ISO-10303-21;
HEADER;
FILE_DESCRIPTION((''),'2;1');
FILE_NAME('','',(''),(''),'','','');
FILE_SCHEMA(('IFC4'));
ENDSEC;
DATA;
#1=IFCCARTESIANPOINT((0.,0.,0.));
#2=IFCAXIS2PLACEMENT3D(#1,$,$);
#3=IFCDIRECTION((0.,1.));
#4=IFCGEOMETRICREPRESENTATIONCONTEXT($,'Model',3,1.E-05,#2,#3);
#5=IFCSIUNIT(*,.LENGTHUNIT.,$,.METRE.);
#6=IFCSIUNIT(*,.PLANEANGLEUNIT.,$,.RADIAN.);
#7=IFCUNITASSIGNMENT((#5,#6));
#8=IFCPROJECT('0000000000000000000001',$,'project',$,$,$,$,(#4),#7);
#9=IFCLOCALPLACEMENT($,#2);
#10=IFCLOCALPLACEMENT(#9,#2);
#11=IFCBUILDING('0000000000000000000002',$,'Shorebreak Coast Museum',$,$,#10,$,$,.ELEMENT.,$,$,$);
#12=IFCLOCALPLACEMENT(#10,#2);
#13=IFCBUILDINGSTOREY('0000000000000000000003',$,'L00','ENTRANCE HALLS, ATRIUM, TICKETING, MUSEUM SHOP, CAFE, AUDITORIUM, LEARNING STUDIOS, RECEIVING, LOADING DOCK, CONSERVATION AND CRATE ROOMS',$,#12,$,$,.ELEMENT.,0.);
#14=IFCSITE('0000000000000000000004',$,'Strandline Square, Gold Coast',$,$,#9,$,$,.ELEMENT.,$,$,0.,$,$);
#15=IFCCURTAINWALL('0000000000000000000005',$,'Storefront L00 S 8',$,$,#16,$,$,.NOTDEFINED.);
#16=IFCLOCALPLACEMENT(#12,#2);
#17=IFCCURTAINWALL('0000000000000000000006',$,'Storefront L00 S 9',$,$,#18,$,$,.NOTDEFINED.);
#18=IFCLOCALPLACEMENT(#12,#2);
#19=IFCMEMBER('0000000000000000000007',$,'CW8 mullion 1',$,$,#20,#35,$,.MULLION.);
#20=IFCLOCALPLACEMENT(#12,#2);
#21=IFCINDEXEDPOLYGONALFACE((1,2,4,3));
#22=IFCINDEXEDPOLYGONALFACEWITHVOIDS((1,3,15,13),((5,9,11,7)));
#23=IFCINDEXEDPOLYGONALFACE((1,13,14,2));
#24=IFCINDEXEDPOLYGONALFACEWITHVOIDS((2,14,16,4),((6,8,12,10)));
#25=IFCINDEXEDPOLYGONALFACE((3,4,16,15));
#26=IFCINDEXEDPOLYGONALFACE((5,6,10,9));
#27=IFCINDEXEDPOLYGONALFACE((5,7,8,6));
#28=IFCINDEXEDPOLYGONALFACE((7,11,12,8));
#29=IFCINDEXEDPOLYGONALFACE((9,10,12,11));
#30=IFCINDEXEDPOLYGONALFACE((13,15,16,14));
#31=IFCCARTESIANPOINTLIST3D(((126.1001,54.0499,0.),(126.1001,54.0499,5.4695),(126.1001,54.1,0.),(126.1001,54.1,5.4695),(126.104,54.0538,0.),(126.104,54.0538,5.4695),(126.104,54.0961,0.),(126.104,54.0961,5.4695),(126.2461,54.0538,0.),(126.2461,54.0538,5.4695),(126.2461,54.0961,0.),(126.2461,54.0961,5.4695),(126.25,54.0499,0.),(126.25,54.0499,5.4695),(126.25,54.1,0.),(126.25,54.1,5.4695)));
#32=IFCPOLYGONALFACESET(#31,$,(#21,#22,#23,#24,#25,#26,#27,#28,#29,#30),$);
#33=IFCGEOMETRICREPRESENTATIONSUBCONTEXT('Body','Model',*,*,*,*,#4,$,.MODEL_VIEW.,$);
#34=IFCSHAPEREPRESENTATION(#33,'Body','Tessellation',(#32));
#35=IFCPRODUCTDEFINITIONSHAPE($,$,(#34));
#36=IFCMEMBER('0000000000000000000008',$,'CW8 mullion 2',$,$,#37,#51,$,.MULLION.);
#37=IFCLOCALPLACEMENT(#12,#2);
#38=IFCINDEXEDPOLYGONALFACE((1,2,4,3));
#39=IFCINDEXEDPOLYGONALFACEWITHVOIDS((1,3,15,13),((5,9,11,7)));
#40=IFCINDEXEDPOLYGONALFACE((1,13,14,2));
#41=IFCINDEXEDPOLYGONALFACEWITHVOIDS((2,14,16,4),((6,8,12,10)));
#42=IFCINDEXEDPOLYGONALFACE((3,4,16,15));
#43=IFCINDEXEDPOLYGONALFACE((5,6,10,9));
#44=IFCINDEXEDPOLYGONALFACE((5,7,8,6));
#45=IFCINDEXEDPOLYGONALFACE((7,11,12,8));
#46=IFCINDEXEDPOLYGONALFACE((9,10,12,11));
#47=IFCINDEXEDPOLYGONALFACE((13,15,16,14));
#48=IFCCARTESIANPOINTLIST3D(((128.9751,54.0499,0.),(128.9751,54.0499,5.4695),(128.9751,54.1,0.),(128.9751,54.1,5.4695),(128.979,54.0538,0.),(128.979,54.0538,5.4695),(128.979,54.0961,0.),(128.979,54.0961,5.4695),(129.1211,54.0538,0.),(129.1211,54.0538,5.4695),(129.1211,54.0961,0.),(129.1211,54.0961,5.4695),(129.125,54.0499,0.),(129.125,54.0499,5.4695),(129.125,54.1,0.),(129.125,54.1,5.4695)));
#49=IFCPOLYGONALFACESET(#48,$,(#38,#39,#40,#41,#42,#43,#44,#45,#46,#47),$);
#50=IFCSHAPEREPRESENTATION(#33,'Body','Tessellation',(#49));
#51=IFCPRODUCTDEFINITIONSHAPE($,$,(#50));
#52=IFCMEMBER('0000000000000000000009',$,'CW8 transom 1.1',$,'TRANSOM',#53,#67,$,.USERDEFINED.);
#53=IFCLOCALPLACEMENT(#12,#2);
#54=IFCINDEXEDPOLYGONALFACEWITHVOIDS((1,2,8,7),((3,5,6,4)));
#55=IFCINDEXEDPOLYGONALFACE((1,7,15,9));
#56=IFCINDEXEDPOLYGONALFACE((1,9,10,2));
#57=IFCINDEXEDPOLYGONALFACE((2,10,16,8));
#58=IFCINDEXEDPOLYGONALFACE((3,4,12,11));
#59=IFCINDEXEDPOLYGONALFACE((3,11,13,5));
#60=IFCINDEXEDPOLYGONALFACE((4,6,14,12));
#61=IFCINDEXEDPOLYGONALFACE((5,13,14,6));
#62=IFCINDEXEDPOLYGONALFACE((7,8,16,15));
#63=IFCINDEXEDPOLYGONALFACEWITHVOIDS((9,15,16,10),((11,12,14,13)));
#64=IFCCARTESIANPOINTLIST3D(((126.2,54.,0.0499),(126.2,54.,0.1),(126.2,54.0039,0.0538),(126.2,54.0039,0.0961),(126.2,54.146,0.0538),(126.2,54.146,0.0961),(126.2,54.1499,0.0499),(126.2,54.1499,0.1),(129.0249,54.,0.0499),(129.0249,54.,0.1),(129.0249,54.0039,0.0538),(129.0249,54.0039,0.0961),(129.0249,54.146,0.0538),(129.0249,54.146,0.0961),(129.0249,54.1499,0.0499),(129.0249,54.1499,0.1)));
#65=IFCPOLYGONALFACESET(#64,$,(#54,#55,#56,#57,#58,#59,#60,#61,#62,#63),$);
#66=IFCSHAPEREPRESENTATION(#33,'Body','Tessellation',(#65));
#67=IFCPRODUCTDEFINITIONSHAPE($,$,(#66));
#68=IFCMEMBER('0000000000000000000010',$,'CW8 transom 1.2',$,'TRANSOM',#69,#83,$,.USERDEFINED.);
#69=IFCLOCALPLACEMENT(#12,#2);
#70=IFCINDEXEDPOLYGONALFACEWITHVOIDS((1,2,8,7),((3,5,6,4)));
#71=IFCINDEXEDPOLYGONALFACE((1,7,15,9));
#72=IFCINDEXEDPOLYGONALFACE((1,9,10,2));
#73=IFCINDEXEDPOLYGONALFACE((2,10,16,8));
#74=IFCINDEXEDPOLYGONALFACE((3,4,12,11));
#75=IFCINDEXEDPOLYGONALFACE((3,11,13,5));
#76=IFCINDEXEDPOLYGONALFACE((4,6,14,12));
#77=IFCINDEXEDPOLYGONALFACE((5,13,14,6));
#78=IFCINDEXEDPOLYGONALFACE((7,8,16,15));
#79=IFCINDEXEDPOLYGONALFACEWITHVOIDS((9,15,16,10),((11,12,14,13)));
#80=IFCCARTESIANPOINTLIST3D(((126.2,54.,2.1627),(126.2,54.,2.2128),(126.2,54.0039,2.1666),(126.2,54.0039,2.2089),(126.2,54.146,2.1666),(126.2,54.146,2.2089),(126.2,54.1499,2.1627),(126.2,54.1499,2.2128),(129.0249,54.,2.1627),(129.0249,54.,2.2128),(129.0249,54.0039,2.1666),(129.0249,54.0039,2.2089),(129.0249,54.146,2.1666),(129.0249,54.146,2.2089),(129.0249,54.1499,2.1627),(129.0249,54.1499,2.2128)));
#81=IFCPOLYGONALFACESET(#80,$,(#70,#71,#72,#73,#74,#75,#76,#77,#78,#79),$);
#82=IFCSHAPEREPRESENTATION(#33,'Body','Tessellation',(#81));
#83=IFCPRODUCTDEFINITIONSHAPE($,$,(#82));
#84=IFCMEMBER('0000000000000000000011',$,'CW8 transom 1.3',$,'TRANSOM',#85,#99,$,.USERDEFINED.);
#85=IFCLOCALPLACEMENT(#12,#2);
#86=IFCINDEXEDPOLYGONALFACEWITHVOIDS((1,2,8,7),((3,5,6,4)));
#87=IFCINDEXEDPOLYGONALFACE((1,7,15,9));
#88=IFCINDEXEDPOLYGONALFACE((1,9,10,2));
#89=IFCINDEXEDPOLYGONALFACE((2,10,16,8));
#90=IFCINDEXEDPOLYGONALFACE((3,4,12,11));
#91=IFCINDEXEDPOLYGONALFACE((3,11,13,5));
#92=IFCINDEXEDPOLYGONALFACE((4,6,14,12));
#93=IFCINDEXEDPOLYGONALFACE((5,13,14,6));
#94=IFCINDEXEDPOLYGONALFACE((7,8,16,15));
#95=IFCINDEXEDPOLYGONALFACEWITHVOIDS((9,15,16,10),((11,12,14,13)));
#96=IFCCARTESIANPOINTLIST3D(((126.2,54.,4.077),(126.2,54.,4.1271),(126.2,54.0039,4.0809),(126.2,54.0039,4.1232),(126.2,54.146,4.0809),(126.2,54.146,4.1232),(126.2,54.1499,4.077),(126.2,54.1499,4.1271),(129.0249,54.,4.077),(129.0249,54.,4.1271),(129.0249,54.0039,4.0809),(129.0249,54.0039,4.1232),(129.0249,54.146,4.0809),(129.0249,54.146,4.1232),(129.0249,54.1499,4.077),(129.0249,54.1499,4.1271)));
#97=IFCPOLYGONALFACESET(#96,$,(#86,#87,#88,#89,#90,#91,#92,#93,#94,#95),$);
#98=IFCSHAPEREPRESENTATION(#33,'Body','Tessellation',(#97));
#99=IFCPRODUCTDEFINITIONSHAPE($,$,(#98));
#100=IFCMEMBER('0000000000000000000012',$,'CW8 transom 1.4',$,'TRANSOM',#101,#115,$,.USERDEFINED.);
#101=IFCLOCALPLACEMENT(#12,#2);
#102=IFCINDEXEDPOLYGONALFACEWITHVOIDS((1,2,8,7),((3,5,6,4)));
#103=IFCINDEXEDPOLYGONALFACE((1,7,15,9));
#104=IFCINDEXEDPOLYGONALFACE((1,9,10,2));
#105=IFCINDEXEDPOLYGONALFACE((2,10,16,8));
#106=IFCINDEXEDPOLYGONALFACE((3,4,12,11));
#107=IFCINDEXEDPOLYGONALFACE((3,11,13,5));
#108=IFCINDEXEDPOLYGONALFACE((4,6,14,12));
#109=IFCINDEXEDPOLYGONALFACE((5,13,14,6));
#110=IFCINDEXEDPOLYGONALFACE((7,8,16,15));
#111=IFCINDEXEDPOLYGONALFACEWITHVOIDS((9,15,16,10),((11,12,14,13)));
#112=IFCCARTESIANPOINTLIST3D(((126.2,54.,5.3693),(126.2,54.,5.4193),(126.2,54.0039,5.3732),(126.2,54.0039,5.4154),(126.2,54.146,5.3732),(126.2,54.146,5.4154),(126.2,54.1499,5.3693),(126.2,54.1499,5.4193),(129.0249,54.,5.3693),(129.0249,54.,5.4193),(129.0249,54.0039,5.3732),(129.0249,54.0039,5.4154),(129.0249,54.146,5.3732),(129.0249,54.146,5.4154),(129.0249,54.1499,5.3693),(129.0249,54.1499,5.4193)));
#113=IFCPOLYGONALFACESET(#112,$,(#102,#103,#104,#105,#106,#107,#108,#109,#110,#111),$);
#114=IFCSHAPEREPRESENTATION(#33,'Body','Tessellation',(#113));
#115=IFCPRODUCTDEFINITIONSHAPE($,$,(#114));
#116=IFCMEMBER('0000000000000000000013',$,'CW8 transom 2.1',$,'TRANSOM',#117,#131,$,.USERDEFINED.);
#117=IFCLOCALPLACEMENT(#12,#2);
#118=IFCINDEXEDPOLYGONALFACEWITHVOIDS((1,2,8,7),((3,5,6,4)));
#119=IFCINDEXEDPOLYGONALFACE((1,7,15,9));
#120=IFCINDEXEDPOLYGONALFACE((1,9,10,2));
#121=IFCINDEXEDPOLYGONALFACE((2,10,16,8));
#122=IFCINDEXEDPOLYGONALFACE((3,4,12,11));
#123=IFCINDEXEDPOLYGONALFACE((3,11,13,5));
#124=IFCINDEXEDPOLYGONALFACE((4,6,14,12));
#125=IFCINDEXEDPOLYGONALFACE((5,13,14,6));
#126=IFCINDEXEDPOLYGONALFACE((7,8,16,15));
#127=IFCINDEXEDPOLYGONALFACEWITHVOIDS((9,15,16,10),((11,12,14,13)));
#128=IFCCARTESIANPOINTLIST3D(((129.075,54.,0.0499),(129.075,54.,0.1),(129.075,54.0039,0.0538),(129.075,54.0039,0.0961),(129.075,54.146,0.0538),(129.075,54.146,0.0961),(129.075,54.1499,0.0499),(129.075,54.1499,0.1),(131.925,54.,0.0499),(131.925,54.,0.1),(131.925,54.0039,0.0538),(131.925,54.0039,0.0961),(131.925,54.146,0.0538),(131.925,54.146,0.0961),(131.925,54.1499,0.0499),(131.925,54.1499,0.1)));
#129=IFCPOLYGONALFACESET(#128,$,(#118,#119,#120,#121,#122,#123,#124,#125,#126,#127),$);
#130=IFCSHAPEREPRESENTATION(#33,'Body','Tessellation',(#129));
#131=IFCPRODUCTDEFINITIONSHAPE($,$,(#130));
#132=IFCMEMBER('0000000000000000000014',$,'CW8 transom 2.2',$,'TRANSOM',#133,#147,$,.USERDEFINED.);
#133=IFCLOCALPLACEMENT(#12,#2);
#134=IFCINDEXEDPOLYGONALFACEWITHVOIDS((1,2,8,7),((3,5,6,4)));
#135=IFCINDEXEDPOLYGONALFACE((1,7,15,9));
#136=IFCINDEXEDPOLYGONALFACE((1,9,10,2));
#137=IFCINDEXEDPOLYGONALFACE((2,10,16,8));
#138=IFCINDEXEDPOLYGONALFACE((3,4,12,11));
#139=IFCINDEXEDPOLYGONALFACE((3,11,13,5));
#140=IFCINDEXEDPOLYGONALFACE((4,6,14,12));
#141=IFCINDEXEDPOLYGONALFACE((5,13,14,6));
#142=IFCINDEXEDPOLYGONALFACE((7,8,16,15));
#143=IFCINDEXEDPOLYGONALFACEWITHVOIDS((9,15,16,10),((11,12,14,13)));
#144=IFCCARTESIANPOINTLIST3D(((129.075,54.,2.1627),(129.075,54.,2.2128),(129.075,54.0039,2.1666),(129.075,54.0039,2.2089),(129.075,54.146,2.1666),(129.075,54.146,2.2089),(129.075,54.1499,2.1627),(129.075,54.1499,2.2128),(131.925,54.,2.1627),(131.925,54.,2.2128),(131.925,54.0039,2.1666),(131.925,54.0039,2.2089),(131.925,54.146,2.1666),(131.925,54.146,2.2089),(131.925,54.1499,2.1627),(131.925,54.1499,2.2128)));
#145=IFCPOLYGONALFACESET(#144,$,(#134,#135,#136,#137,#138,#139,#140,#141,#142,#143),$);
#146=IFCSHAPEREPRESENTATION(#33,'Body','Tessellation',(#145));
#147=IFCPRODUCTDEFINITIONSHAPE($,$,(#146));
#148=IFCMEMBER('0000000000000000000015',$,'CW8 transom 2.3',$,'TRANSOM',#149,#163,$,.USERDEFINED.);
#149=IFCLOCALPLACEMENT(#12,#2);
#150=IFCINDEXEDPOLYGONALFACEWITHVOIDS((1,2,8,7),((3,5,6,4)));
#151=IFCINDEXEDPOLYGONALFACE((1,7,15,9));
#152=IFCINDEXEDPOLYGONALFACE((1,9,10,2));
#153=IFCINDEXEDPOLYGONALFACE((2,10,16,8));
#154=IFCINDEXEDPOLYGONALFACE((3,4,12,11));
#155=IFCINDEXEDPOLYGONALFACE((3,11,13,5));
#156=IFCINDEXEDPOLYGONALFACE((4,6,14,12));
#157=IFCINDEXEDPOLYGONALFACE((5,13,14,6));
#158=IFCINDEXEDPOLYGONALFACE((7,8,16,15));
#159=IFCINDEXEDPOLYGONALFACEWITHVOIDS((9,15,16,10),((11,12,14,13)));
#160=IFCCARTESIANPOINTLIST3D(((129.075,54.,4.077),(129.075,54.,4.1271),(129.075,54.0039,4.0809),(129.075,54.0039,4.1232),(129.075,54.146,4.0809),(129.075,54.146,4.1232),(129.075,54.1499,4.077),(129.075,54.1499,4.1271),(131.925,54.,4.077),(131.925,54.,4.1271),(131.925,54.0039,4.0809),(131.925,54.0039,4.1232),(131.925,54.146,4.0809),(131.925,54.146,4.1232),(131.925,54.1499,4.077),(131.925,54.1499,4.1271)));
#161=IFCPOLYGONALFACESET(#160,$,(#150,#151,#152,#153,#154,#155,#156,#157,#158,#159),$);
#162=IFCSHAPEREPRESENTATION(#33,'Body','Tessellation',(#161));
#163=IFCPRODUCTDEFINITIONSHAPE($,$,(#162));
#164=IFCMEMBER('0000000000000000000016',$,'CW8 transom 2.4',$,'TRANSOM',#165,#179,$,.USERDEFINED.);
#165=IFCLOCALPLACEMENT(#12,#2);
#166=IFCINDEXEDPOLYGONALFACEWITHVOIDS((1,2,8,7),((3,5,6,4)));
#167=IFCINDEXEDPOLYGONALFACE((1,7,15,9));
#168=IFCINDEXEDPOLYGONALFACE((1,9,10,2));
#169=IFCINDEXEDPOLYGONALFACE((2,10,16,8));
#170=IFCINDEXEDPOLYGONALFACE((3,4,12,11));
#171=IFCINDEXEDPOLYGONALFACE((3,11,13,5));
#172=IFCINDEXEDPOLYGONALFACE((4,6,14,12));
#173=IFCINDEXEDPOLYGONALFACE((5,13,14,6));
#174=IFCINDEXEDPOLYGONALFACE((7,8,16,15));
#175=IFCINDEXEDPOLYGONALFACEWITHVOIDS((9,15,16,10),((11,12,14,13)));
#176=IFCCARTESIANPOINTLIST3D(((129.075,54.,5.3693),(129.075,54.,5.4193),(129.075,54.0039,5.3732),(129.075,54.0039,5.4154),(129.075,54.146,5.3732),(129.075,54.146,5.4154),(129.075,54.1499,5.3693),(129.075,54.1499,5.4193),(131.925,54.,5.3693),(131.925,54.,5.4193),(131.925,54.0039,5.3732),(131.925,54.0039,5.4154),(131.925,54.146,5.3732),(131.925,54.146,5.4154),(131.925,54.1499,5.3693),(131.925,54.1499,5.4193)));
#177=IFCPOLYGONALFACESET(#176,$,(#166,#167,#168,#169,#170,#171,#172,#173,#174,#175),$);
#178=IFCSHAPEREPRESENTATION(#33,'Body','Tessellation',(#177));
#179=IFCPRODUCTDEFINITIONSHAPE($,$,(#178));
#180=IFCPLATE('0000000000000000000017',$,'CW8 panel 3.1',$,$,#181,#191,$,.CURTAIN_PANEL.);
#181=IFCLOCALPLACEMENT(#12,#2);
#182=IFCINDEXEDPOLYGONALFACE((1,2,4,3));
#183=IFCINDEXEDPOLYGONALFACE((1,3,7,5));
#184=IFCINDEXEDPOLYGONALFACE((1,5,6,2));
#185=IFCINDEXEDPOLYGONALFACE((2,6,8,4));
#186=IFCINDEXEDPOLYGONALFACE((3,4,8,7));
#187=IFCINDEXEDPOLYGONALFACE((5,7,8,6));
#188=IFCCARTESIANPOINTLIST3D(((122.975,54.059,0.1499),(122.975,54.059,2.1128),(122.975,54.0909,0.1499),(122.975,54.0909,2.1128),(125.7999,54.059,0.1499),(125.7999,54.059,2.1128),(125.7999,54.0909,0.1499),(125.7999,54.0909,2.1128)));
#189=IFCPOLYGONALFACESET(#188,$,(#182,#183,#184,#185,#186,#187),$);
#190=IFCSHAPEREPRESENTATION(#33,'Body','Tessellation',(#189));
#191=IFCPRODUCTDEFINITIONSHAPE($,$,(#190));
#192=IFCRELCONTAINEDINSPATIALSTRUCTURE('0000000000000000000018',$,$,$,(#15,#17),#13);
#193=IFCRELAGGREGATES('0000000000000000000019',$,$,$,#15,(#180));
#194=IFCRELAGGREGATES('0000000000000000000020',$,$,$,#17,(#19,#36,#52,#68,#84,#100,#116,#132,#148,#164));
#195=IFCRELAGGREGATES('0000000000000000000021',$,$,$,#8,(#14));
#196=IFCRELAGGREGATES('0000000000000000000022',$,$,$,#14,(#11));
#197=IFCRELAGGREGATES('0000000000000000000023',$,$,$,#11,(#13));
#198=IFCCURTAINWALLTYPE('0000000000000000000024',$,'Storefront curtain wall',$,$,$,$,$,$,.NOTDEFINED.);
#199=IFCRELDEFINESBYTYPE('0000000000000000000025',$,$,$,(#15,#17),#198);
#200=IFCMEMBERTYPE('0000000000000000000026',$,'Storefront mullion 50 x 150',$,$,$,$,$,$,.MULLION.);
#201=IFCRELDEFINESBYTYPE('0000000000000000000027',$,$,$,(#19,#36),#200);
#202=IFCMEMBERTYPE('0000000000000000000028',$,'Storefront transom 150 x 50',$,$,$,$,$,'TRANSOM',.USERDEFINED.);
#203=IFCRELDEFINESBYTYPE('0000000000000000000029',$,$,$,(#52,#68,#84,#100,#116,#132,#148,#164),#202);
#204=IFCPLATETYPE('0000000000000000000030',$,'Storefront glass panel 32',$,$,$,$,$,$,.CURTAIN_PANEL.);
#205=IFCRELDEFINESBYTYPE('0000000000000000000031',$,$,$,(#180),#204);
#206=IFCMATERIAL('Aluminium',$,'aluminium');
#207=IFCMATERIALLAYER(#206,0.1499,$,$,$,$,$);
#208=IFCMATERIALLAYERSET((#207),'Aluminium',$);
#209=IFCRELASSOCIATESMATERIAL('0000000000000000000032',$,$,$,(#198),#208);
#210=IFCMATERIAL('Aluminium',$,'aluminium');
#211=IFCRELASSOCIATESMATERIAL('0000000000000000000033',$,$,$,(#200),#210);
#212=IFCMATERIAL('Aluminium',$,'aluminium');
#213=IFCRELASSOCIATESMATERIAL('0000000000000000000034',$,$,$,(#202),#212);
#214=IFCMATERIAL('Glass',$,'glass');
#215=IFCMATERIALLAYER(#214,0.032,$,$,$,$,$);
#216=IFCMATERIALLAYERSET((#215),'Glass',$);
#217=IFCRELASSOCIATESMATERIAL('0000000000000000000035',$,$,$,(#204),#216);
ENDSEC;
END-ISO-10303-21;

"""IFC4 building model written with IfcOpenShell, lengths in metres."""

from ifc_helpers import new_model, si_unit, direction, frame, origin, origin_2d, place, context, subcontext, project, spatial, rectangle, hollow_rectangle, extrude, material, layer, layer_set, material_profile, profile_set, type_object, element, aggregate, save


model = new_model("IFC4")

# Units and contexts
model_context = context("Model", 3, precision=1e-05, world=origin(), true_north=direction((0.0, 1.0)))
body_context = subcontext(model_context, "Body", "Model", "MODEL_VIEW")
ifc_project = project(units=[si_unit("LENGTHUNIT", "METRE"), si_unit("PLANEANGLEUNIT", "RADIAN")], contexts=[model_context])

# Site, building, storey
site_placement = place(None, origin())
site = spatial("IfcSite", under=ifc_project, at=site_placement, Name="Strandline Square, Gold Coast", CompositionType="ELEMENT", RefElevation=0.0)
building_placement = place(site_placement, origin())
building = spatial("IfcBuilding", under=site, at=building_placement, Name="Shorebreak Coast Museum", CompositionType="ELEMENT")
storey_placement = place(building_placement, origin())
storey = spatial("IfcBuildingStorey", under=building, at=storey_placement, Name="L00", Description="ENTRANCE HALLS, ATRIUM, TICKETING, MUSEUM SHOP, CAFE, AUDITORIUM, LEARNING STUDIOS, RECEIVING, LOADING DOCK, CONSERVATION AND CRATE ROOMS", CompositionType="ELEMENT", Elevation=0.0)

# Curtain wall
ifc_material_1 = material(Name="Aluminium", Category="aluminium")
ifc_layer_1 = layer(ifc_material_1, 0.1499)
ifc_layer_set_1 = layer_set([ifc_layer_1], Name="Aluminium")
curtain_wall_type = type_object("IfcCurtainWallType", Name="Storefront curtain wall", PredefinedType="NOTDEFINED", material=ifc_layer_set_1)
curtain_wall_1_placement = place(storey_placement, origin())
curtain_wall_1 = element("IfcCurtainWall", 1, at=curtain_wall_1_placement, inside=storey, type_object=curtain_wall_type, Name="Storefront L00 S 8", PredefinedType="NOTDEFINED")
ifc_material_2 = material(Name="Aluminium", Category="aluminium")
ifc_material_profile_1 = material_profile(ifc_material_2, hollow_rectangle(XDim=0.05, YDim=0.1499, WallThickness=0.0039, at=origin_2d()), Name="AL 150x50 RHS")
ifc_profile_set_1 = profile_set([ifc_material_profile_1], Name="Aluminium")
member_type_1 = type_object("IfcMemberType", Name="Storefront mullion 50 x 150", PredefinedType="MULLION", material=ifc_profile_set_1)

# Curtain wall, members
curtain_wall_2_placement = place(storey_placement, origin())
curtain_wall_2 = element("IfcCurtainWall", 2, at=curtain_wall_2_placement, inside=storey, type_object=curtain_wall_type, Name="Storefront L00 S 9", PredefinedType="NOTDEFINED")
member_1_placement = place(storey_placement, frame((126.175, 54.075, 0.0), z_axis=(0.0, 0.0, 1.0), x_axis=(0.0, 1.0, 0.0)))
member_1 = element("IfcMember", 3, at=member_1_placement, type_object=member_type_1, Name="CW8 mullion 1", PredefinedType="MULLION", context=body_context, shape_type="SweptSolid", body=[
    extrude(hollow_rectangle(XDim=0.05, YDim=0.1499, WallThickness=0.0039, at=origin_2d()), origin(), (0.0, 0.0, 1.0), 5.4695),
])
member_2_placement = place(storey_placement, frame((129.05, 54.075, 0.0), z_axis=(0.0, 0.0, 1.0), x_axis=(0.0, 1.0, 0.0)))
member_2 = element("IfcMember", 4, at=member_2_placement, type_object=member_type_1, Name="CW8 mullion 2", PredefinedType="MULLION", context=body_context, shape_type="SweptSolid", body=[
    extrude(hollow_rectangle(XDim=0.05, YDim=0.1499, WallThickness=0.0039, at=origin_2d()), origin(), (0.0, 0.0, 1.0), 5.4695),
])
ifc_material_3 = material(Name="Aluminium", Category="aluminium")
ifc_material_profile_2 = material_profile(ifc_material_3, hollow_rectangle(XDim=0.1499, YDim=0.05, WallThickness=0.0039, at=origin_2d()), Name="AL 50x150 RHS")
ifc_profile_set_2 = profile_set([ifc_material_profile_2], Name="Aluminium")
member_type_2 = type_object("IfcMemberType", Name="Storefront transom 150 x 50", ElementType="TRANSOM", PredefinedType="USERDEFINED", material=ifc_profile_set_2)
member_3_placement = place(storey_placement, frame((126.2, 54.075, 0.075), z_axis=(1.0, 0.0, 0.0), x_axis=(0.0, 1.0, 0.0)))
member_3 = element("IfcMember", 5, at=member_3_placement, type_object=member_type_2, Name="CW8 transom 1.1", ObjectType="TRANSOM", PredefinedType="USERDEFINED", context=body_context, shape_type="SweptSolid", body=[
    extrude(hollow_rectangle(XDim=0.1499, YDim=0.05, WallThickness=0.0039, at=origin_2d()), origin(), (0.0, 0.0, 1.0), 2.825),
])
member_4_placement = place(storey_placement, frame((126.2, 54.075, 2.1877), z_axis=(1.0, 0.0, 0.0), x_axis=(0.0, 1.0, 0.0)))
member_4 = element("IfcMember", 6, at=member_4_placement, type_object=member_type_2, Name="CW8 transom 1.2", ObjectType="TRANSOM", PredefinedType="USERDEFINED", context=body_context, shape_type="SweptSolid", body=[
    extrude(hollow_rectangle(XDim=0.1499, YDim=0.05, WallThickness=0.0039, at=origin_2d()), origin(), (0.0, 0.0, 1.0), 2.825),
])
member_5_placement = place(storey_placement, frame((126.2, 54.075, 4.1021), z_axis=(1.0, 0.0, 0.0), x_axis=(0.0, 1.0, 0.0)))
member_5 = element("IfcMember", 7, at=member_5_placement, type_object=member_type_2, Name="CW8 transom 1.3", ObjectType="TRANSOM", PredefinedType="USERDEFINED", context=body_context, shape_type="SweptSolid", body=[
    extrude(hollow_rectangle(XDim=0.1499, YDim=0.05, WallThickness=0.0039, at=origin_2d()), origin(), (0.0, 0.0, 1.0), 2.825),
])
member_6_placement = place(storey_placement, frame((126.2, 54.075, 5.3943), z_axis=(1.0, 0.0, 0.0), x_axis=(0.0, 1.0, 0.0)))
member_6 = element("IfcMember", 8, at=member_6_placement, type_object=member_type_2, Name="CW8 transom 1.4", ObjectType="TRANSOM", PredefinedType="USERDEFINED", context=body_context, shape_type="SweptSolid", body=[
    extrude(hollow_rectangle(XDim=0.1499, YDim=0.05, WallThickness=0.0039, at=origin_2d()), origin(), (0.0, 0.0, 1.0), 2.825),
])
member_7_placement = place(storey_placement, frame((129.075, 54.075, 0.075), z_axis=(1.0, 0.0, 0.0), x_axis=(0.0, 1.0, 0.0)))
member_7 = element("IfcMember", 9, at=member_7_placement, type_object=member_type_2, Name="CW8 transom 2.1", ObjectType="TRANSOM", PredefinedType="USERDEFINED", context=body_context, shape_type="SweptSolid", body=[
    extrude(hollow_rectangle(XDim=0.1499, YDim=0.05, WallThickness=0.0039, at=origin_2d()), origin(), (0.0, 0.0, 1.0), 2.8501),
])
member_8_placement = place(storey_placement, frame((129.075, 54.075, 2.1877), z_axis=(1.0, 0.0, 0.0), x_axis=(0.0, 1.0, 0.0)))
member_8 = element("IfcMember", 10, at=member_8_placement, type_object=member_type_2, Name="CW8 transom 2.2", ObjectType="TRANSOM", PredefinedType="USERDEFINED", context=body_context, shape_type="SweptSolid", body=[
    extrude(hollow_rectangle(XDim=0.1499, YDim=0.05, WallThickness=0.0039, at=origin_2d()), origin(), (0.0, 0.0, 1.0), 2.8501),
])
member_9_placement = place(storey_placement, frame((129.075, 54.075, 4.1021), z_axis=(1.0, 0.0, 0.0), x_axis=(0.0, 1.0, 0.0)))
member_9 = element("IfcMember", 11, at=member_9_placement, type_object=member_type_2, Name="CW8 transom 2.3", ObjectType="TRANSOM", PredefinedType="USERDEFINED", context=body_context, shape_type="SweptSolid", body=[
    extrude(hollow_rectangle(XDim=0.1499, YDim=0.05, WallThickness=0.0039, at=origin_2d()), origin(), (0.0, 0.0, 1.0), 2.8501),
])
member_10_placement = place(storey_placement, frame((129.075, 54.075, 5.3943), z_axis=(1.0, 0.0, 0.0), x_axis=(0.0, 1.0, 0.0)))
member_10 = element("IfcMember", 12, at=member_10_placement, type_object=member_type_2, Name="CW8 transom 2.4", ObjectType="TRANSOM", PredefinedType="USERDEFINED", context=body_context, shape_type="SweptSolid", body=[
    extrude(hollow_rectangle(XDim=0.1499, YDim=0.05, WallThickness=0.0039, at=origin_2d()), origin(), (0.0, 0.0, 1.0), 2.8501),
])

# Plate
ifc_material_4 = material(Name="Glass", Category="glass")
ifc_layer_2 = layer(ifc_material_4, 0.032)
ifc_layer_set_2 = layer_set([ifc_layer_2], Name="Glass")
plate_type = type_object("IfcPlateType", Name="Storefront glass panel 32", PredefinedType="CURTAIN_PANEL", material=ifc_layer_set_2)
plate_1_placement = place(storey_placement, frame((124.3875, 54.075, 0.1499), z_axis=(0.0, 0.0, 1.0), x_axis=(1.0, 0.0, 0.0)))
plate_1 = element("IfcPlate", 13, at=plate_1_placement, type_object=plate_type, Name="CW8 panel 3.1", PredefinedType="CURTAIN_PANEL", context=body_context, shape_type="SweptSolid", body=[
    extrude(rectangle(XDim=2.825, YDim=0.032, at=origin_2d()), origin(), (0.0, 0.0, 1.0), 1.9629),
])
aggregate(curtain_wall_1, [plate_1])
aggregate(curtain_wall_2, [member_1, member_2, member_3, member_4, member_5, member_6, member_7, member_8, member_9, member_10])

save(model, "model.ifc")
